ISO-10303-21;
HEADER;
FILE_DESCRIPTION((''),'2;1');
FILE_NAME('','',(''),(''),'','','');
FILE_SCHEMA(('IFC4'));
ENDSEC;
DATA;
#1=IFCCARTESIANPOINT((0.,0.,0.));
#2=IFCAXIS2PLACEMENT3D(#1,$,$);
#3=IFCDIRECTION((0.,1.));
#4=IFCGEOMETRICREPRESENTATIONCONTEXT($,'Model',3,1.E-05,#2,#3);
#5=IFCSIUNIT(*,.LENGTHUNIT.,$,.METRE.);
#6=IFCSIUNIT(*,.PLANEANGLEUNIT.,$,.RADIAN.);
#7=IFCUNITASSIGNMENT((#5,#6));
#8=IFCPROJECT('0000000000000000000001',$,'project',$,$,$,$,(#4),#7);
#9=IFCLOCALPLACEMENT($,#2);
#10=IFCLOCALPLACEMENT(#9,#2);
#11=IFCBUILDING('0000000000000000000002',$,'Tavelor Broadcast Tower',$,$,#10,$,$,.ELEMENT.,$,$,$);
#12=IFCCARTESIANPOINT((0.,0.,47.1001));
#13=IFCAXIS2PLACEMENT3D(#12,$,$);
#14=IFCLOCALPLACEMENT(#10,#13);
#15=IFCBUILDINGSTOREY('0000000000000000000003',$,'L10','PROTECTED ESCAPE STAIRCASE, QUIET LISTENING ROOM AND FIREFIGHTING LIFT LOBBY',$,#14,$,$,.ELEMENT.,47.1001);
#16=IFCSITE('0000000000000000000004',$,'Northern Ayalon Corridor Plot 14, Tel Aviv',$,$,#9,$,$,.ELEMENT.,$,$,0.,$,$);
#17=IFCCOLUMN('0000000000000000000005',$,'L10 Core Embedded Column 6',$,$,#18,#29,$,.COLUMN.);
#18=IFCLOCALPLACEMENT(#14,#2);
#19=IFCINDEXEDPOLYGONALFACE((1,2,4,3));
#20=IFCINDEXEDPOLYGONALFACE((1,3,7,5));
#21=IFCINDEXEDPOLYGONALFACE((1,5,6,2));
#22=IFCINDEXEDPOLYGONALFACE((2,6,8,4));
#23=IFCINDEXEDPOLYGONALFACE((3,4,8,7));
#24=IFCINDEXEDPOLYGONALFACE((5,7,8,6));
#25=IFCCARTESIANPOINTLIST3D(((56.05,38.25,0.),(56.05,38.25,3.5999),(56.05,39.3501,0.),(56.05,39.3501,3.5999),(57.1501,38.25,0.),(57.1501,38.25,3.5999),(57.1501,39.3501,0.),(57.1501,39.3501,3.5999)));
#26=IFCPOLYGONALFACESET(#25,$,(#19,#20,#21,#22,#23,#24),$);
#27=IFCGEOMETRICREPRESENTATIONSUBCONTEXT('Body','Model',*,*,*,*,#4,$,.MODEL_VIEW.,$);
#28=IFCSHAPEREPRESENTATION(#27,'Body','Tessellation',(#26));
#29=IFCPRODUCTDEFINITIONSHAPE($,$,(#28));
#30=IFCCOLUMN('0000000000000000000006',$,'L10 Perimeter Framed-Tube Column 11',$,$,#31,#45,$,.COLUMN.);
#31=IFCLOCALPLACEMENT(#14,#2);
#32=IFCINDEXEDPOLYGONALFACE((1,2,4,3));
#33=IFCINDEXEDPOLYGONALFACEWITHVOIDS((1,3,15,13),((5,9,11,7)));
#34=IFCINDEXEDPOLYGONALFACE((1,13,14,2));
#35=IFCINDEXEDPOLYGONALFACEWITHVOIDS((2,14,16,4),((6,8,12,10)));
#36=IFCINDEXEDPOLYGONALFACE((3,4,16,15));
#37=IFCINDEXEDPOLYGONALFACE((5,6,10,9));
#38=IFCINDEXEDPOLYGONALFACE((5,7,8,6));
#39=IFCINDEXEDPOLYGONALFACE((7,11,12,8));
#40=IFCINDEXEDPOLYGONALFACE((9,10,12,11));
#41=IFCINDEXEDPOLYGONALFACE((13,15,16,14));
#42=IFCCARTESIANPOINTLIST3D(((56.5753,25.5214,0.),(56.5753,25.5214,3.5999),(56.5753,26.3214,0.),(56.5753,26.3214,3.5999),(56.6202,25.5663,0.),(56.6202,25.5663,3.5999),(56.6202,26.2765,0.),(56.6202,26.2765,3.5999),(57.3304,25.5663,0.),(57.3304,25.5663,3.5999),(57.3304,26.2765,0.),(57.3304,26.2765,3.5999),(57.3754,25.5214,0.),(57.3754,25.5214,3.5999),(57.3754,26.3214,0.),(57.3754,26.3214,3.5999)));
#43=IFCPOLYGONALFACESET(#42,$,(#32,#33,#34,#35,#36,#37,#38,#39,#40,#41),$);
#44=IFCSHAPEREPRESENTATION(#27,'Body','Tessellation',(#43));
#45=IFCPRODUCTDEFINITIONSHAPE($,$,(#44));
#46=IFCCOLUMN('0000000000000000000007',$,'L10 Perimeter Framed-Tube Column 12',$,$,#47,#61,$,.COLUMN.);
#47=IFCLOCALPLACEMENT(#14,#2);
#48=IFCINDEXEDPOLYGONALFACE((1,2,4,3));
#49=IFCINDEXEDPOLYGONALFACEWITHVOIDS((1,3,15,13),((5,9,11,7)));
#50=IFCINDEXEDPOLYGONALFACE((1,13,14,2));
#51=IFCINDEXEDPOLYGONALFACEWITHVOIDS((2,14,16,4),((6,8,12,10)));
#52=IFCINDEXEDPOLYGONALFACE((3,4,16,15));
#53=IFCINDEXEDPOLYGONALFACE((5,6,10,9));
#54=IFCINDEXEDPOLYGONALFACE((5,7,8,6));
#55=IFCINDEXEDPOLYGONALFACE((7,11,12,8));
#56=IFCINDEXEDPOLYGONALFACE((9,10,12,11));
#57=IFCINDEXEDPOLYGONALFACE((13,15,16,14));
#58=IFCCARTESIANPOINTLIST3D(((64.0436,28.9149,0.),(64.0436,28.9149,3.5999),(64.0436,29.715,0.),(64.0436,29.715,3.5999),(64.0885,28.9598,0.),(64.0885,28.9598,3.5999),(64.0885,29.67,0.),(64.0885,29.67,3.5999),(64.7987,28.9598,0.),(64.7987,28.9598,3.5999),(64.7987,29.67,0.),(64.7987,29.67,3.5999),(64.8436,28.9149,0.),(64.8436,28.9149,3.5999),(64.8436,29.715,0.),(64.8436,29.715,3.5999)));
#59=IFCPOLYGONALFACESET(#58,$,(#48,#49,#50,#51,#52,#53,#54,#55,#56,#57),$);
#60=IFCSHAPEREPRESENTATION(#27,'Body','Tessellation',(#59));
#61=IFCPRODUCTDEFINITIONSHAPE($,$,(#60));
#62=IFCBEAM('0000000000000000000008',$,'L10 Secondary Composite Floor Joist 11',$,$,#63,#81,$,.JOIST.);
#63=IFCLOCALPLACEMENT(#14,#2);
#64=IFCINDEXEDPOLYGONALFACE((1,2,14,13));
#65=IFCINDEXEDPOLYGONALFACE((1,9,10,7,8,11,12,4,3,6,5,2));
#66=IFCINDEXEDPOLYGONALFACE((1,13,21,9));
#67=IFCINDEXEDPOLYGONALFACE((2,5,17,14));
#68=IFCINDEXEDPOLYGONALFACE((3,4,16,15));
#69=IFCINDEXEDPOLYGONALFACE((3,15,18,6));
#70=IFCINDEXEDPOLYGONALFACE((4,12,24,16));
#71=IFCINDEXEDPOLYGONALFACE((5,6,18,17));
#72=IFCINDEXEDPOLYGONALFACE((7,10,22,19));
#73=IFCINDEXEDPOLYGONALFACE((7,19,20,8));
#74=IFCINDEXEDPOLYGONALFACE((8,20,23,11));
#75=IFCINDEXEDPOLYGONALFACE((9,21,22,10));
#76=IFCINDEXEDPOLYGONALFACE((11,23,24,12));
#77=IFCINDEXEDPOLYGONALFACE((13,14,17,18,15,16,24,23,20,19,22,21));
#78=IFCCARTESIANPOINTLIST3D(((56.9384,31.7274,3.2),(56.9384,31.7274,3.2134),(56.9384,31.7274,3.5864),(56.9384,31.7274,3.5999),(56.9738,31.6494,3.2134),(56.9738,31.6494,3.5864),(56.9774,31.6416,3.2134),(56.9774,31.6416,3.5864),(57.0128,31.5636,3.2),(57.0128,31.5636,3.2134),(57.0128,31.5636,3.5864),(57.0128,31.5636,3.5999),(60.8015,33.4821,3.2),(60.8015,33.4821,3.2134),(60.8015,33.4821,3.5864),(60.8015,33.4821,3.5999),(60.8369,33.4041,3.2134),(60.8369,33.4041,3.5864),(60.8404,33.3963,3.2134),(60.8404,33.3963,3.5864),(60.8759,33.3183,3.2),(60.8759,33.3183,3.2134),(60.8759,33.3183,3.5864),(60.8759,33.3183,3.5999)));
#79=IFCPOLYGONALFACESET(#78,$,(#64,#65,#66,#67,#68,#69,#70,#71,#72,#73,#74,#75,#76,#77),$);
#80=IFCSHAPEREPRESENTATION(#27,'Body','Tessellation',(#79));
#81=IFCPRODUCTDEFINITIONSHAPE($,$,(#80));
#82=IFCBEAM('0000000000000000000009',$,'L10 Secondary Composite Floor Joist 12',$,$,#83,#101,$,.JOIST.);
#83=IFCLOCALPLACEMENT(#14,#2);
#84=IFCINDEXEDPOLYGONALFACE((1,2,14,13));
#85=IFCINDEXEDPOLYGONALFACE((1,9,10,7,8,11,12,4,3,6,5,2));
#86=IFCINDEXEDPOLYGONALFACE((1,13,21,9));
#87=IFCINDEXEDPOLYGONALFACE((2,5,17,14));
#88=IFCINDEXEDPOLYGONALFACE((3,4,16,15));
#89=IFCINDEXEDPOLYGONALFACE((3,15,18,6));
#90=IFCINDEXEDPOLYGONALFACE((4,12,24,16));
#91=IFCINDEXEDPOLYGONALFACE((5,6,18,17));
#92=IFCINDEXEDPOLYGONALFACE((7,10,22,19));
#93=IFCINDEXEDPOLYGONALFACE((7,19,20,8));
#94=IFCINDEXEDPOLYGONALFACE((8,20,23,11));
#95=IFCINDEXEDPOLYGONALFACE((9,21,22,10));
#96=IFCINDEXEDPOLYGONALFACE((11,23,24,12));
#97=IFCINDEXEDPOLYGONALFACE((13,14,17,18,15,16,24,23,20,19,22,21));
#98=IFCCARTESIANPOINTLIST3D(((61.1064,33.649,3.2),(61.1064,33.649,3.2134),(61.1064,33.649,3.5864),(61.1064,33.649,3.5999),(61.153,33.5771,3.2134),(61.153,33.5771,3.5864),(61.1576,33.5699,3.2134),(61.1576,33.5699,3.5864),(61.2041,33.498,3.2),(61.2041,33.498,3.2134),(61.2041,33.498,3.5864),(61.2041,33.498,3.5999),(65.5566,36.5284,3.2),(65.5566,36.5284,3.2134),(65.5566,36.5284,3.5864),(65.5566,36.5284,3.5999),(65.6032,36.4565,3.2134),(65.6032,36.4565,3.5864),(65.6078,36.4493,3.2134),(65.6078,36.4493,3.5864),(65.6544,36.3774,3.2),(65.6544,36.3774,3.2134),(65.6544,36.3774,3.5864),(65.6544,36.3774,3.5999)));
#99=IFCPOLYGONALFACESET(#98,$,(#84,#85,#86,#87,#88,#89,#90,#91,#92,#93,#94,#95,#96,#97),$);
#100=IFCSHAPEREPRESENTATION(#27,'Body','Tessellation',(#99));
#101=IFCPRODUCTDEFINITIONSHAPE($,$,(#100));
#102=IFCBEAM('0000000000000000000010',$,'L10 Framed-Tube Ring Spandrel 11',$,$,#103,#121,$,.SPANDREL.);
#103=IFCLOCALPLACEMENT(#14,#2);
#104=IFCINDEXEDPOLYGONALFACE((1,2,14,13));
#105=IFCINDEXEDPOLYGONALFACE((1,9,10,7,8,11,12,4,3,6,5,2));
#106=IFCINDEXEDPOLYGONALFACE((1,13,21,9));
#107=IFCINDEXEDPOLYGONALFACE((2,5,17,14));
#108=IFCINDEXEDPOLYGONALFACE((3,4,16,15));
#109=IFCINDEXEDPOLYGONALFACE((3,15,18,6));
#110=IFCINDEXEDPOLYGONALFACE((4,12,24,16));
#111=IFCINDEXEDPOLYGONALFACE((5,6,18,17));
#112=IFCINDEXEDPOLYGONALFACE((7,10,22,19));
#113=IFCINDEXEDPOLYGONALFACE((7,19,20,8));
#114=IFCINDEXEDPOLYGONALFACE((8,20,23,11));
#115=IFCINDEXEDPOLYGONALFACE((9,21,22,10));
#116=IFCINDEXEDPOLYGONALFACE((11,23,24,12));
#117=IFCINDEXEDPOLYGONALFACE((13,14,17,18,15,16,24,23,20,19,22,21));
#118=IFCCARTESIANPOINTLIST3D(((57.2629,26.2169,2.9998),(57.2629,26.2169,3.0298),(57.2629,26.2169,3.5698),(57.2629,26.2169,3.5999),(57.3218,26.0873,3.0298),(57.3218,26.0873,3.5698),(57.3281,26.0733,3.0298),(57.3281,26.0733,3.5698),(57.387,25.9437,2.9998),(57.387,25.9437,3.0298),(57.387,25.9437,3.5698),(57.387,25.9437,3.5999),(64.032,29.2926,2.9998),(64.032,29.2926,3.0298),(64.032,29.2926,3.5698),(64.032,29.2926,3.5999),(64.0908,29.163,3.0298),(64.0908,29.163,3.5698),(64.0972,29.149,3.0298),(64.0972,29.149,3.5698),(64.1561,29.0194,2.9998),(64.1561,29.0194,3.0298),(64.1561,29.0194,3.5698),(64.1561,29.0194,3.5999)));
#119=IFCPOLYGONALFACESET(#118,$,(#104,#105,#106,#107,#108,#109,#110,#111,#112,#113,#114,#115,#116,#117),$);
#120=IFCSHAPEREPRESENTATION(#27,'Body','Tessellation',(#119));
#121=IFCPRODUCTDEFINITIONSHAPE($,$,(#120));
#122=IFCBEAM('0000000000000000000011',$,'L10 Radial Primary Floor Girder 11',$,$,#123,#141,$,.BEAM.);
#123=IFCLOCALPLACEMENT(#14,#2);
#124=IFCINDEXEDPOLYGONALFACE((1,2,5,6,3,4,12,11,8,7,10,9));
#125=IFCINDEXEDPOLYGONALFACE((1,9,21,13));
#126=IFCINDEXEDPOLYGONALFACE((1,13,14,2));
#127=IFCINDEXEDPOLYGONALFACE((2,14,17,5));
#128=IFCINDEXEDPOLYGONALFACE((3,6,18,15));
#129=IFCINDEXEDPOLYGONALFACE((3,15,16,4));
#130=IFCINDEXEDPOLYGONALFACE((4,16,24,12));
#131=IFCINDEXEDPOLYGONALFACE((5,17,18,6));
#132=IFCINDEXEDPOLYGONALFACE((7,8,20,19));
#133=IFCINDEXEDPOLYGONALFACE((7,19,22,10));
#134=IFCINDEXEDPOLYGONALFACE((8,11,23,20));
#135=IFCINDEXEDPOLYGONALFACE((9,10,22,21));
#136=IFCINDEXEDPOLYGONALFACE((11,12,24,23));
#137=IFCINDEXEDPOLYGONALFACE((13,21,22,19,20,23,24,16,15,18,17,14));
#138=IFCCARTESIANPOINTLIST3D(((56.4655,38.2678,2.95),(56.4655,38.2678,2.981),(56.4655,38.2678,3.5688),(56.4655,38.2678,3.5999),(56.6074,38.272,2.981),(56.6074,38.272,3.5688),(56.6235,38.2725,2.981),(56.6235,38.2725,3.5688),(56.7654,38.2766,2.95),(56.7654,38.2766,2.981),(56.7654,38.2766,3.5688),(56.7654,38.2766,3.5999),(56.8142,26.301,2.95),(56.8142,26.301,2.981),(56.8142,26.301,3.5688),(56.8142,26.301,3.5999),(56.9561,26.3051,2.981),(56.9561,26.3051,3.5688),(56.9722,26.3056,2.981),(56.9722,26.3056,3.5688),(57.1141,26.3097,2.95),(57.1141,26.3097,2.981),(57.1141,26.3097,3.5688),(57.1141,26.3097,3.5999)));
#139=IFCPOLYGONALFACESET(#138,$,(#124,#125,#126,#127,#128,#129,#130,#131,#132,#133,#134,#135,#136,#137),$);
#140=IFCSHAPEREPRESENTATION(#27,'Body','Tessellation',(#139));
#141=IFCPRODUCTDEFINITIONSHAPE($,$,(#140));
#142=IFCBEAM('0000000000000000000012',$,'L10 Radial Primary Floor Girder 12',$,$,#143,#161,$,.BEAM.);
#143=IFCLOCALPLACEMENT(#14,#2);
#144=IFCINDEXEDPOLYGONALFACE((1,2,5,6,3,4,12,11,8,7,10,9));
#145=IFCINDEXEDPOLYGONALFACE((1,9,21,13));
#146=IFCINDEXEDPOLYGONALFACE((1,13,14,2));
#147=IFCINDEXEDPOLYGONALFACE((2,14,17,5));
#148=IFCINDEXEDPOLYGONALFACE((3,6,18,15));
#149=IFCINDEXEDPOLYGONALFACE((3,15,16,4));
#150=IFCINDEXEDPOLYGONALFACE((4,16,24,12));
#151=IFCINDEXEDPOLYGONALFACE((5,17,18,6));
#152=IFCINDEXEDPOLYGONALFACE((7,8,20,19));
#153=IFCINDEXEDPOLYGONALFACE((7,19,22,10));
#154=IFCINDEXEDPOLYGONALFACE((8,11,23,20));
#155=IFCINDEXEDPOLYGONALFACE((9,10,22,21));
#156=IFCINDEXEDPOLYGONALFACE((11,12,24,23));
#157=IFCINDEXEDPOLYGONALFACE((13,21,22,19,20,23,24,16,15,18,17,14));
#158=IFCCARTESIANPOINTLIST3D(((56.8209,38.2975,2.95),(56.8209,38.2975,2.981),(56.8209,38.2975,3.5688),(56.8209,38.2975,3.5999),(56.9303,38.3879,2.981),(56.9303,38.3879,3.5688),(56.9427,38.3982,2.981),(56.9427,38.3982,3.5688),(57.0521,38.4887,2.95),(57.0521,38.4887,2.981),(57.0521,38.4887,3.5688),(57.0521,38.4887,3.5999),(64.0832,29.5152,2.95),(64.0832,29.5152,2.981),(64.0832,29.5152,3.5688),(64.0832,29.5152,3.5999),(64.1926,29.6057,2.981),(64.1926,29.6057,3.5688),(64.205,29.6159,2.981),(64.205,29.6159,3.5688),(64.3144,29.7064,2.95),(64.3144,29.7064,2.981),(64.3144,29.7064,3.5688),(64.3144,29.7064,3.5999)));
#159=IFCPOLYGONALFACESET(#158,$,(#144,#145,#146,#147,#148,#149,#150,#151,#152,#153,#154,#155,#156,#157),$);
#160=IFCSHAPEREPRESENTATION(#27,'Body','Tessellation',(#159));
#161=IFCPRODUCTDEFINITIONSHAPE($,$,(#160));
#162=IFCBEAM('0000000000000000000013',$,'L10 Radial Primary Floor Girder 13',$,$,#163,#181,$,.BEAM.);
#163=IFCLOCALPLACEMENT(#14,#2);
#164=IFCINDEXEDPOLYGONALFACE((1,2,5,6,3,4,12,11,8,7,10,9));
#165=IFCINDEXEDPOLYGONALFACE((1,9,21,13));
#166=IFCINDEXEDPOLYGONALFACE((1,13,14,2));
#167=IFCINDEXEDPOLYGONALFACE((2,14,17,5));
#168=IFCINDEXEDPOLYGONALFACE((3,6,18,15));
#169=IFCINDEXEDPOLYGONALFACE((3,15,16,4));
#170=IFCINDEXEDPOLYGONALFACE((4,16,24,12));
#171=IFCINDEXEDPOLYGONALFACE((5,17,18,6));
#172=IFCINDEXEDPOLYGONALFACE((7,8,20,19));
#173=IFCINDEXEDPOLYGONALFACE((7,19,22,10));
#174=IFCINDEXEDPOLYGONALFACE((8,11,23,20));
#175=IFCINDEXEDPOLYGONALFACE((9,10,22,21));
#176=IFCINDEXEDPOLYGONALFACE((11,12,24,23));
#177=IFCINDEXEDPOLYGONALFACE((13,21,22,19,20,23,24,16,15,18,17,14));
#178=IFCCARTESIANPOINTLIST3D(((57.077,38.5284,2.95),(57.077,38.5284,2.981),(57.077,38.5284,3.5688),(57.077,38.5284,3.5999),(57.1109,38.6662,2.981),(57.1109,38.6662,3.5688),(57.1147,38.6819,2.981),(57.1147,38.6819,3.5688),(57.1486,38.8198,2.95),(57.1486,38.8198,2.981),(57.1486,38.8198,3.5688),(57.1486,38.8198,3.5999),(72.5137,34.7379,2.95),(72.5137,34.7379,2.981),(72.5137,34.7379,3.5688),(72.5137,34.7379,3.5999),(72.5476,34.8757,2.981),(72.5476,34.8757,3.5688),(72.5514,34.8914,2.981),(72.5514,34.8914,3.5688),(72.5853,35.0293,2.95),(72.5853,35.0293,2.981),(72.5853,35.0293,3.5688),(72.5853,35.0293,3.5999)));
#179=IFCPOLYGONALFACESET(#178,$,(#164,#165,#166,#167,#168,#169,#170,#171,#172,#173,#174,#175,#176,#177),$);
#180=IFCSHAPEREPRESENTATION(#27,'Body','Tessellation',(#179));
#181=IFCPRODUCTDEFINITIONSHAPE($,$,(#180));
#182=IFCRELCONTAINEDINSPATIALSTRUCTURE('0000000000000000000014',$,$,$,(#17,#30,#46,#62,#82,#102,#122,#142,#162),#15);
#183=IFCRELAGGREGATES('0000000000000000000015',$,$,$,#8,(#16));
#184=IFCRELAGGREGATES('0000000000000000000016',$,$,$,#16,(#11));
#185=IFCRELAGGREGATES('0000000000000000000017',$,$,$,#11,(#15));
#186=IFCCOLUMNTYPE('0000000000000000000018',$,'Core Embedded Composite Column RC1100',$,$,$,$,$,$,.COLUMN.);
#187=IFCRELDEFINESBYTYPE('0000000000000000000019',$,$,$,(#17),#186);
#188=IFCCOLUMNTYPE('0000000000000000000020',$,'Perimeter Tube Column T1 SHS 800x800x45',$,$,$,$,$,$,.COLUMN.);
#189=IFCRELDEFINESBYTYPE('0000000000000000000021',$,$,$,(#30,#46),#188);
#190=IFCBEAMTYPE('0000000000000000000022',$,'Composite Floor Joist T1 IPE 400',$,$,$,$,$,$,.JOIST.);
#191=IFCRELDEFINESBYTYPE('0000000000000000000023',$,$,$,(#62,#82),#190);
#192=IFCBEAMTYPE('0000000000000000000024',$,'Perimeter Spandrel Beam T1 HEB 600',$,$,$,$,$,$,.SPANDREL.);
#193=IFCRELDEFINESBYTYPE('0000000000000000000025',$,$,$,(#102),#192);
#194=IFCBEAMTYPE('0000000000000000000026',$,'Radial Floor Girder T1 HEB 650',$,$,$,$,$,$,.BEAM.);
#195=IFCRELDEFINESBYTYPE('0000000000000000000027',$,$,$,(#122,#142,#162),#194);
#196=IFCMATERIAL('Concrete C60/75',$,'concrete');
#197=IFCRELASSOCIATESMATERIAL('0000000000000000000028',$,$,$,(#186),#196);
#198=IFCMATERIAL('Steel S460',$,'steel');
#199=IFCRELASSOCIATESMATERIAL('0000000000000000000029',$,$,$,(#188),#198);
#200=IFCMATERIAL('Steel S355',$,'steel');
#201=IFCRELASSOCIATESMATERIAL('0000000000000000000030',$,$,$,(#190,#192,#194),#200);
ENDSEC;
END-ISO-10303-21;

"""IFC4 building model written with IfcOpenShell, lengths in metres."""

from ifc_helpers import new_model, si_unit, direction, frame, origin, origin_2d, place, context, subcontext, project, spatial, rectangle, hollow_rectangle, i_section, extrude, material, material_profile, profile_set, type_object, element, save


model = new_model("IFC4")

# Units and contexts
model_context = context("Model", 3, precision=1e-05, world=origin(), true_north=direction((0.0, 1.0)))
body_context = subcontext(model_context, "Body", "Model", "MODEL_VIEW")
ifc_project = project(units=[si_unit("LENGTHUNIT", "METRE"), si_unit("PLANEANGLEUNIT", "RADIAN")], contexts=[model_context])

# Site, building, storey
site_placement = place(None, origin())
site = spatial("IfcSite", under=ifc_project, at=site_placement, Name="Northern Ayalon Corridor Plot 14, Tel Aviv", CompositionType="ELEMENT", RefElevation=0.0)
building_placement = place(site_placement, origin())
building = spatial("IfcBuilding", under=site, at=building_placement, Name="Tavelor Broadcast Tower", CompositionType="ELEMENT")
storey_placement = place(building_placement, frame((0.0, 0.0, 47.1001)))
storey = spatial("IfcBuildingStorey", under=building, at=storey_placement, Name="L10", Description="PROTECTED ESCAPE STAIRCASE, QUIET LISTENING ROOM AND FIREFIGHTING LIFT LOBBY", CompositionType="ELEMENT", Elevation=47.1001)

# Columns
ifc_material_1 = material(Name="Concrete C60/75", Category="concrete")
ifc_material_profile_1 = material_profile(ifc_material_1, rectangle(XDim=1.1001, YDim=1.1001, at=origin_2d()), Name="RC 1100x1100")
ifc_profile_set_1 = profile_set([ifc_material_profile_1], Name="Concrete C60/75")
column_type_1 = type_object("IfcColumnType", Name="Core Embedded Composite Column RC1100", PredefinedType="COLUMN", material=ifc_profile_set_1)
column_placement = place(storey_placement, frame((56.6001, 38.8, 0.0), z_axis=(0.0, 0.0, 1.0), x_axis=(1.0, 0.0, 0.0)))
element("IfcColumn", 1, at=column_placement, inside=storey, type_object=column_type_1, Name="L10 Core Embedded Column 6", PredefinedType="COLUMN", context=body_context, shape_type="SweptSolid", body=[
    extrude(rectangle(XDim=1.1001, YDim=1.1001, at=origin_2d()), origin(), (0.0, 0.0, 1.0), 3.5999),
])
ifc_material_2 = material(Name="Steel S460", Category="steel")
ifc_material_profile_2 = material_profile(ifc_material_2, hollow_rectangle(XDim=0.8, YDim=0.8, WallThickness=0.0449, at=origin_2d()), Name="SHS 800x800x45")
ifc_profile_set_2 = profile_set([ifc_material_profile_2], Name="Steel S460")
column_type_2 = type_object("IfcColumnType", Name="Perimeter Tube Column T1 SHS 800x800x45", PredefinedType="COLUMN", material=ifc_profile_set_2)
for number, where, z_axis, x_axis, name in (
    (2, (56.9753, 25.9214, 0.0), (0.0, 0.0, 1.0), (1.0, 0.0, 0.0), "L10 Perimeter Framed-Tube Column 11"),
    (3, (64.4436, 29.3149, 0.0), (0.0, 0.0, 1.0), (1.0, 0.0, 0.0), "L10 Perimeter Framed-Tube Column 12"),
):
    element("IfcColumn", number, at=place(storey_placement, frame(where, z_axis=z_axis, x_axis=x_axis)), inside=storey, type_object=column_type_2, Name=name, PredefinedType="COLUMN", context=body_context, shape_type="SweptSolid", body=[
        extrude(hollow_rectangle(XDim=0.8, YDim=0.8, WallThickness=0.0449, at=origin_2d()), origin(), (0.0, 0.0, 1.0), 3.5999),
    ])

# Beams
ifc_material_3 = material(Name="Steel S355", Category="steel")
ifc_material_profile_3 = material_profile(ifc_material_3, i_section(OverallWidth=0.1799, OverallDepth=0.3999, WebThickness=0.0085, FlangeThickness=0.0134, at=origin_2d()), Name="IPE 400")
ifc_profile_set_3 = profile_set([ifc_material_profile_3], Name="Steel S355")
beam_type_1 = type_object("IfcBeamType", Name="Composite Floor Joist T1 IPE 400", PredefinedType="JOIST", material=ifc_profile_set_3)
beam_1_placement = place(storey_placement, frame((56.9756, 31.6455, 3.3999), z_axis=(0.910481, 0.413551, 0.0), x_axis=(-0.413551, 0.910481, 0.0)))
element("IfcBeam", 4, at=beam_1_placement, inside=storey, type_object=beam_type_1, Name="L10 Secondary Composite Floor Joist 11", PredefinedType="JOIST", context=body_context, shape_type="SweptSolid", body=[
    extrude(i_section(OverallWidth=0.1799, OverallDepth=0.3999, WebThickness=0.0085, FlangeThickness=0.0134, at=origin_2d()), origin(), (0.0, 0.0, 1.0), 4.2429),
])
beam_2_placement = place(storey_placement, frame((61.1553, 33.5735, 3.3999), z_axis=(0.839583, 0.543232, 0.0), x_axis=(-0.543232, 0.839583, 0.0)))
element("IfcBeam", 5, at=beam_2_placement, inside=storey, type_object=beam_type_1, Name="L10 Secondary Composite Floor Joist 12", PredefinedType="JOIST", context=body_context, shape_type="SweptSolid", body=[
    extrude(i_section(OverallWidth=0.1799, OverallDepth=0.3999, WebThickness=0.0085, FlangeThickness=0.0134, at=origin_2d()), origin(), (0.0, 0.0, 1.0), 5.3005),
])
ifc_material_profile_4 = material_profile(ifc_material_3, i_section(OverallWidth=0.3, OverallDepth=0.6001, WebThickness=0.0154, FlangeThickness=0.03, at=origin_2d()), Name="HEB 600")
ifc_profile_set_4 = profile_set([ifc_material_profile_4], Name="Steel S355")
beam_type_2 = type_object("IfcBeamType", Name="Perimeter Spandrel Beam T1 HEB 600", PredefinedType="SPANDREL", material=ifc_profile_set_4)
beam_3_placement = place(storey_placement, frame((57.325, 26.0803, 3.2998), z_axis=(0.910425, 0.413674, 0.0), x_axis=(-0.413674, 0.910425, 0.0)))
element("IfcBeam", 6, at=beam_3_placement, inside=storey, type_object=beam_type_2, Name="L10 Framed-Tube Ring Spandrel 11", PredefinedType="SPANDREL", context=body_context, shape_type="SweptSolid", body=[
    extrude(i_section(OverallWidth=0.3, OverallDepth=0.6001, WebThickness=0.0154, FlangeThickness=0.03, at=origin_2d()), origin(), (0.0, 0.0, 1.0), 7.4351),
])
ifc_material_profile_5 = material_profile(ifc_material_3, i_section(OverallWidth=0.3, OverallDepth=0.6499, WebThickness=0.0161, FlangeThickness=0.031, at=origin_2d()), Name="HEB 650")
ifc_profile_set_5 = profile_set([ifc_material_profile_5], Name="Steel S355")
beam_type_3 = type_object("IfcBeamType", Name="Radial Floor Girder T1 HEB 650", PredefinedType="BEAM", material=ifc_profile_set_5)
beam_4_placement = place(storey_placement, frame((56.6155, 38.2722, 3.2749), z_axis=(0.029121, -0.999576, 0.0), x_axis=(0.999576, 0.029121, 0.0)))
element("IfcBeam", 7, at=beam_4_placement, inside=storey, type_object=beam_type_3, Name="L10 Radial Primary Floor Girder 11", PredefinedType="BEAM", context=body_context, shape_type="SweptSolid", body=[
    extrude(i_section(OverallWidth=0.3, OverallDepth=0.6499, WebThickness=0.0161, FlangeThickness=0.031, at=origin_2d()), origin(), (0.0, 0.0, 1.0), 11.9719),
])
beam_5_placement = place(storey_placement, frame((56.9365, 38.3931, 3.2749), z_axis=(0.637263, -0.770646, 0.0), x_axis=(0.770646, 0.637263, 0.0)))
element("IfcBeam", 8, at=beam_5_placement, inside=storey, type_object=beam_type_3, Name="L10 Radial Primary Floor Girder 12", PredefinedType="BEAM", context=body_context, shape_type="SweptSolid", body=[
    extrude(i_section(OverallWidth=0.3, OverallDepth=0.6499, WebThickness=0.0161, FlangeThickness=0.031, at=origin_2d()), origin(), (0.0, 0.0, 1.0), 11.396),
])
beam_6_placement = place(storey_placement, frame((57.1128, 38.6741, 3.2749), z_axis=(0.97115, -0.238468, 0.0), x_axis=(0.238468, 0.97115, 0.0)))
element("IfcBeam", 9, at=beam_6_placement, inside=storey, type_object=beam_type_3, Name="L10 Radial Primary Floor Girder 13", PredefinedType="BEAM", context=body_context, shape_type="SweptSolid", body=[
    extrude(i_section(OverallWidth=0.3, OverallDepth=0.6499, WebThickness=0.0161, FlangeThickness=0.031, at=origin_2d()), origin(), (0.0, 0.0, 1.0), 15.8953),
])

save(model, "model.ifc")
